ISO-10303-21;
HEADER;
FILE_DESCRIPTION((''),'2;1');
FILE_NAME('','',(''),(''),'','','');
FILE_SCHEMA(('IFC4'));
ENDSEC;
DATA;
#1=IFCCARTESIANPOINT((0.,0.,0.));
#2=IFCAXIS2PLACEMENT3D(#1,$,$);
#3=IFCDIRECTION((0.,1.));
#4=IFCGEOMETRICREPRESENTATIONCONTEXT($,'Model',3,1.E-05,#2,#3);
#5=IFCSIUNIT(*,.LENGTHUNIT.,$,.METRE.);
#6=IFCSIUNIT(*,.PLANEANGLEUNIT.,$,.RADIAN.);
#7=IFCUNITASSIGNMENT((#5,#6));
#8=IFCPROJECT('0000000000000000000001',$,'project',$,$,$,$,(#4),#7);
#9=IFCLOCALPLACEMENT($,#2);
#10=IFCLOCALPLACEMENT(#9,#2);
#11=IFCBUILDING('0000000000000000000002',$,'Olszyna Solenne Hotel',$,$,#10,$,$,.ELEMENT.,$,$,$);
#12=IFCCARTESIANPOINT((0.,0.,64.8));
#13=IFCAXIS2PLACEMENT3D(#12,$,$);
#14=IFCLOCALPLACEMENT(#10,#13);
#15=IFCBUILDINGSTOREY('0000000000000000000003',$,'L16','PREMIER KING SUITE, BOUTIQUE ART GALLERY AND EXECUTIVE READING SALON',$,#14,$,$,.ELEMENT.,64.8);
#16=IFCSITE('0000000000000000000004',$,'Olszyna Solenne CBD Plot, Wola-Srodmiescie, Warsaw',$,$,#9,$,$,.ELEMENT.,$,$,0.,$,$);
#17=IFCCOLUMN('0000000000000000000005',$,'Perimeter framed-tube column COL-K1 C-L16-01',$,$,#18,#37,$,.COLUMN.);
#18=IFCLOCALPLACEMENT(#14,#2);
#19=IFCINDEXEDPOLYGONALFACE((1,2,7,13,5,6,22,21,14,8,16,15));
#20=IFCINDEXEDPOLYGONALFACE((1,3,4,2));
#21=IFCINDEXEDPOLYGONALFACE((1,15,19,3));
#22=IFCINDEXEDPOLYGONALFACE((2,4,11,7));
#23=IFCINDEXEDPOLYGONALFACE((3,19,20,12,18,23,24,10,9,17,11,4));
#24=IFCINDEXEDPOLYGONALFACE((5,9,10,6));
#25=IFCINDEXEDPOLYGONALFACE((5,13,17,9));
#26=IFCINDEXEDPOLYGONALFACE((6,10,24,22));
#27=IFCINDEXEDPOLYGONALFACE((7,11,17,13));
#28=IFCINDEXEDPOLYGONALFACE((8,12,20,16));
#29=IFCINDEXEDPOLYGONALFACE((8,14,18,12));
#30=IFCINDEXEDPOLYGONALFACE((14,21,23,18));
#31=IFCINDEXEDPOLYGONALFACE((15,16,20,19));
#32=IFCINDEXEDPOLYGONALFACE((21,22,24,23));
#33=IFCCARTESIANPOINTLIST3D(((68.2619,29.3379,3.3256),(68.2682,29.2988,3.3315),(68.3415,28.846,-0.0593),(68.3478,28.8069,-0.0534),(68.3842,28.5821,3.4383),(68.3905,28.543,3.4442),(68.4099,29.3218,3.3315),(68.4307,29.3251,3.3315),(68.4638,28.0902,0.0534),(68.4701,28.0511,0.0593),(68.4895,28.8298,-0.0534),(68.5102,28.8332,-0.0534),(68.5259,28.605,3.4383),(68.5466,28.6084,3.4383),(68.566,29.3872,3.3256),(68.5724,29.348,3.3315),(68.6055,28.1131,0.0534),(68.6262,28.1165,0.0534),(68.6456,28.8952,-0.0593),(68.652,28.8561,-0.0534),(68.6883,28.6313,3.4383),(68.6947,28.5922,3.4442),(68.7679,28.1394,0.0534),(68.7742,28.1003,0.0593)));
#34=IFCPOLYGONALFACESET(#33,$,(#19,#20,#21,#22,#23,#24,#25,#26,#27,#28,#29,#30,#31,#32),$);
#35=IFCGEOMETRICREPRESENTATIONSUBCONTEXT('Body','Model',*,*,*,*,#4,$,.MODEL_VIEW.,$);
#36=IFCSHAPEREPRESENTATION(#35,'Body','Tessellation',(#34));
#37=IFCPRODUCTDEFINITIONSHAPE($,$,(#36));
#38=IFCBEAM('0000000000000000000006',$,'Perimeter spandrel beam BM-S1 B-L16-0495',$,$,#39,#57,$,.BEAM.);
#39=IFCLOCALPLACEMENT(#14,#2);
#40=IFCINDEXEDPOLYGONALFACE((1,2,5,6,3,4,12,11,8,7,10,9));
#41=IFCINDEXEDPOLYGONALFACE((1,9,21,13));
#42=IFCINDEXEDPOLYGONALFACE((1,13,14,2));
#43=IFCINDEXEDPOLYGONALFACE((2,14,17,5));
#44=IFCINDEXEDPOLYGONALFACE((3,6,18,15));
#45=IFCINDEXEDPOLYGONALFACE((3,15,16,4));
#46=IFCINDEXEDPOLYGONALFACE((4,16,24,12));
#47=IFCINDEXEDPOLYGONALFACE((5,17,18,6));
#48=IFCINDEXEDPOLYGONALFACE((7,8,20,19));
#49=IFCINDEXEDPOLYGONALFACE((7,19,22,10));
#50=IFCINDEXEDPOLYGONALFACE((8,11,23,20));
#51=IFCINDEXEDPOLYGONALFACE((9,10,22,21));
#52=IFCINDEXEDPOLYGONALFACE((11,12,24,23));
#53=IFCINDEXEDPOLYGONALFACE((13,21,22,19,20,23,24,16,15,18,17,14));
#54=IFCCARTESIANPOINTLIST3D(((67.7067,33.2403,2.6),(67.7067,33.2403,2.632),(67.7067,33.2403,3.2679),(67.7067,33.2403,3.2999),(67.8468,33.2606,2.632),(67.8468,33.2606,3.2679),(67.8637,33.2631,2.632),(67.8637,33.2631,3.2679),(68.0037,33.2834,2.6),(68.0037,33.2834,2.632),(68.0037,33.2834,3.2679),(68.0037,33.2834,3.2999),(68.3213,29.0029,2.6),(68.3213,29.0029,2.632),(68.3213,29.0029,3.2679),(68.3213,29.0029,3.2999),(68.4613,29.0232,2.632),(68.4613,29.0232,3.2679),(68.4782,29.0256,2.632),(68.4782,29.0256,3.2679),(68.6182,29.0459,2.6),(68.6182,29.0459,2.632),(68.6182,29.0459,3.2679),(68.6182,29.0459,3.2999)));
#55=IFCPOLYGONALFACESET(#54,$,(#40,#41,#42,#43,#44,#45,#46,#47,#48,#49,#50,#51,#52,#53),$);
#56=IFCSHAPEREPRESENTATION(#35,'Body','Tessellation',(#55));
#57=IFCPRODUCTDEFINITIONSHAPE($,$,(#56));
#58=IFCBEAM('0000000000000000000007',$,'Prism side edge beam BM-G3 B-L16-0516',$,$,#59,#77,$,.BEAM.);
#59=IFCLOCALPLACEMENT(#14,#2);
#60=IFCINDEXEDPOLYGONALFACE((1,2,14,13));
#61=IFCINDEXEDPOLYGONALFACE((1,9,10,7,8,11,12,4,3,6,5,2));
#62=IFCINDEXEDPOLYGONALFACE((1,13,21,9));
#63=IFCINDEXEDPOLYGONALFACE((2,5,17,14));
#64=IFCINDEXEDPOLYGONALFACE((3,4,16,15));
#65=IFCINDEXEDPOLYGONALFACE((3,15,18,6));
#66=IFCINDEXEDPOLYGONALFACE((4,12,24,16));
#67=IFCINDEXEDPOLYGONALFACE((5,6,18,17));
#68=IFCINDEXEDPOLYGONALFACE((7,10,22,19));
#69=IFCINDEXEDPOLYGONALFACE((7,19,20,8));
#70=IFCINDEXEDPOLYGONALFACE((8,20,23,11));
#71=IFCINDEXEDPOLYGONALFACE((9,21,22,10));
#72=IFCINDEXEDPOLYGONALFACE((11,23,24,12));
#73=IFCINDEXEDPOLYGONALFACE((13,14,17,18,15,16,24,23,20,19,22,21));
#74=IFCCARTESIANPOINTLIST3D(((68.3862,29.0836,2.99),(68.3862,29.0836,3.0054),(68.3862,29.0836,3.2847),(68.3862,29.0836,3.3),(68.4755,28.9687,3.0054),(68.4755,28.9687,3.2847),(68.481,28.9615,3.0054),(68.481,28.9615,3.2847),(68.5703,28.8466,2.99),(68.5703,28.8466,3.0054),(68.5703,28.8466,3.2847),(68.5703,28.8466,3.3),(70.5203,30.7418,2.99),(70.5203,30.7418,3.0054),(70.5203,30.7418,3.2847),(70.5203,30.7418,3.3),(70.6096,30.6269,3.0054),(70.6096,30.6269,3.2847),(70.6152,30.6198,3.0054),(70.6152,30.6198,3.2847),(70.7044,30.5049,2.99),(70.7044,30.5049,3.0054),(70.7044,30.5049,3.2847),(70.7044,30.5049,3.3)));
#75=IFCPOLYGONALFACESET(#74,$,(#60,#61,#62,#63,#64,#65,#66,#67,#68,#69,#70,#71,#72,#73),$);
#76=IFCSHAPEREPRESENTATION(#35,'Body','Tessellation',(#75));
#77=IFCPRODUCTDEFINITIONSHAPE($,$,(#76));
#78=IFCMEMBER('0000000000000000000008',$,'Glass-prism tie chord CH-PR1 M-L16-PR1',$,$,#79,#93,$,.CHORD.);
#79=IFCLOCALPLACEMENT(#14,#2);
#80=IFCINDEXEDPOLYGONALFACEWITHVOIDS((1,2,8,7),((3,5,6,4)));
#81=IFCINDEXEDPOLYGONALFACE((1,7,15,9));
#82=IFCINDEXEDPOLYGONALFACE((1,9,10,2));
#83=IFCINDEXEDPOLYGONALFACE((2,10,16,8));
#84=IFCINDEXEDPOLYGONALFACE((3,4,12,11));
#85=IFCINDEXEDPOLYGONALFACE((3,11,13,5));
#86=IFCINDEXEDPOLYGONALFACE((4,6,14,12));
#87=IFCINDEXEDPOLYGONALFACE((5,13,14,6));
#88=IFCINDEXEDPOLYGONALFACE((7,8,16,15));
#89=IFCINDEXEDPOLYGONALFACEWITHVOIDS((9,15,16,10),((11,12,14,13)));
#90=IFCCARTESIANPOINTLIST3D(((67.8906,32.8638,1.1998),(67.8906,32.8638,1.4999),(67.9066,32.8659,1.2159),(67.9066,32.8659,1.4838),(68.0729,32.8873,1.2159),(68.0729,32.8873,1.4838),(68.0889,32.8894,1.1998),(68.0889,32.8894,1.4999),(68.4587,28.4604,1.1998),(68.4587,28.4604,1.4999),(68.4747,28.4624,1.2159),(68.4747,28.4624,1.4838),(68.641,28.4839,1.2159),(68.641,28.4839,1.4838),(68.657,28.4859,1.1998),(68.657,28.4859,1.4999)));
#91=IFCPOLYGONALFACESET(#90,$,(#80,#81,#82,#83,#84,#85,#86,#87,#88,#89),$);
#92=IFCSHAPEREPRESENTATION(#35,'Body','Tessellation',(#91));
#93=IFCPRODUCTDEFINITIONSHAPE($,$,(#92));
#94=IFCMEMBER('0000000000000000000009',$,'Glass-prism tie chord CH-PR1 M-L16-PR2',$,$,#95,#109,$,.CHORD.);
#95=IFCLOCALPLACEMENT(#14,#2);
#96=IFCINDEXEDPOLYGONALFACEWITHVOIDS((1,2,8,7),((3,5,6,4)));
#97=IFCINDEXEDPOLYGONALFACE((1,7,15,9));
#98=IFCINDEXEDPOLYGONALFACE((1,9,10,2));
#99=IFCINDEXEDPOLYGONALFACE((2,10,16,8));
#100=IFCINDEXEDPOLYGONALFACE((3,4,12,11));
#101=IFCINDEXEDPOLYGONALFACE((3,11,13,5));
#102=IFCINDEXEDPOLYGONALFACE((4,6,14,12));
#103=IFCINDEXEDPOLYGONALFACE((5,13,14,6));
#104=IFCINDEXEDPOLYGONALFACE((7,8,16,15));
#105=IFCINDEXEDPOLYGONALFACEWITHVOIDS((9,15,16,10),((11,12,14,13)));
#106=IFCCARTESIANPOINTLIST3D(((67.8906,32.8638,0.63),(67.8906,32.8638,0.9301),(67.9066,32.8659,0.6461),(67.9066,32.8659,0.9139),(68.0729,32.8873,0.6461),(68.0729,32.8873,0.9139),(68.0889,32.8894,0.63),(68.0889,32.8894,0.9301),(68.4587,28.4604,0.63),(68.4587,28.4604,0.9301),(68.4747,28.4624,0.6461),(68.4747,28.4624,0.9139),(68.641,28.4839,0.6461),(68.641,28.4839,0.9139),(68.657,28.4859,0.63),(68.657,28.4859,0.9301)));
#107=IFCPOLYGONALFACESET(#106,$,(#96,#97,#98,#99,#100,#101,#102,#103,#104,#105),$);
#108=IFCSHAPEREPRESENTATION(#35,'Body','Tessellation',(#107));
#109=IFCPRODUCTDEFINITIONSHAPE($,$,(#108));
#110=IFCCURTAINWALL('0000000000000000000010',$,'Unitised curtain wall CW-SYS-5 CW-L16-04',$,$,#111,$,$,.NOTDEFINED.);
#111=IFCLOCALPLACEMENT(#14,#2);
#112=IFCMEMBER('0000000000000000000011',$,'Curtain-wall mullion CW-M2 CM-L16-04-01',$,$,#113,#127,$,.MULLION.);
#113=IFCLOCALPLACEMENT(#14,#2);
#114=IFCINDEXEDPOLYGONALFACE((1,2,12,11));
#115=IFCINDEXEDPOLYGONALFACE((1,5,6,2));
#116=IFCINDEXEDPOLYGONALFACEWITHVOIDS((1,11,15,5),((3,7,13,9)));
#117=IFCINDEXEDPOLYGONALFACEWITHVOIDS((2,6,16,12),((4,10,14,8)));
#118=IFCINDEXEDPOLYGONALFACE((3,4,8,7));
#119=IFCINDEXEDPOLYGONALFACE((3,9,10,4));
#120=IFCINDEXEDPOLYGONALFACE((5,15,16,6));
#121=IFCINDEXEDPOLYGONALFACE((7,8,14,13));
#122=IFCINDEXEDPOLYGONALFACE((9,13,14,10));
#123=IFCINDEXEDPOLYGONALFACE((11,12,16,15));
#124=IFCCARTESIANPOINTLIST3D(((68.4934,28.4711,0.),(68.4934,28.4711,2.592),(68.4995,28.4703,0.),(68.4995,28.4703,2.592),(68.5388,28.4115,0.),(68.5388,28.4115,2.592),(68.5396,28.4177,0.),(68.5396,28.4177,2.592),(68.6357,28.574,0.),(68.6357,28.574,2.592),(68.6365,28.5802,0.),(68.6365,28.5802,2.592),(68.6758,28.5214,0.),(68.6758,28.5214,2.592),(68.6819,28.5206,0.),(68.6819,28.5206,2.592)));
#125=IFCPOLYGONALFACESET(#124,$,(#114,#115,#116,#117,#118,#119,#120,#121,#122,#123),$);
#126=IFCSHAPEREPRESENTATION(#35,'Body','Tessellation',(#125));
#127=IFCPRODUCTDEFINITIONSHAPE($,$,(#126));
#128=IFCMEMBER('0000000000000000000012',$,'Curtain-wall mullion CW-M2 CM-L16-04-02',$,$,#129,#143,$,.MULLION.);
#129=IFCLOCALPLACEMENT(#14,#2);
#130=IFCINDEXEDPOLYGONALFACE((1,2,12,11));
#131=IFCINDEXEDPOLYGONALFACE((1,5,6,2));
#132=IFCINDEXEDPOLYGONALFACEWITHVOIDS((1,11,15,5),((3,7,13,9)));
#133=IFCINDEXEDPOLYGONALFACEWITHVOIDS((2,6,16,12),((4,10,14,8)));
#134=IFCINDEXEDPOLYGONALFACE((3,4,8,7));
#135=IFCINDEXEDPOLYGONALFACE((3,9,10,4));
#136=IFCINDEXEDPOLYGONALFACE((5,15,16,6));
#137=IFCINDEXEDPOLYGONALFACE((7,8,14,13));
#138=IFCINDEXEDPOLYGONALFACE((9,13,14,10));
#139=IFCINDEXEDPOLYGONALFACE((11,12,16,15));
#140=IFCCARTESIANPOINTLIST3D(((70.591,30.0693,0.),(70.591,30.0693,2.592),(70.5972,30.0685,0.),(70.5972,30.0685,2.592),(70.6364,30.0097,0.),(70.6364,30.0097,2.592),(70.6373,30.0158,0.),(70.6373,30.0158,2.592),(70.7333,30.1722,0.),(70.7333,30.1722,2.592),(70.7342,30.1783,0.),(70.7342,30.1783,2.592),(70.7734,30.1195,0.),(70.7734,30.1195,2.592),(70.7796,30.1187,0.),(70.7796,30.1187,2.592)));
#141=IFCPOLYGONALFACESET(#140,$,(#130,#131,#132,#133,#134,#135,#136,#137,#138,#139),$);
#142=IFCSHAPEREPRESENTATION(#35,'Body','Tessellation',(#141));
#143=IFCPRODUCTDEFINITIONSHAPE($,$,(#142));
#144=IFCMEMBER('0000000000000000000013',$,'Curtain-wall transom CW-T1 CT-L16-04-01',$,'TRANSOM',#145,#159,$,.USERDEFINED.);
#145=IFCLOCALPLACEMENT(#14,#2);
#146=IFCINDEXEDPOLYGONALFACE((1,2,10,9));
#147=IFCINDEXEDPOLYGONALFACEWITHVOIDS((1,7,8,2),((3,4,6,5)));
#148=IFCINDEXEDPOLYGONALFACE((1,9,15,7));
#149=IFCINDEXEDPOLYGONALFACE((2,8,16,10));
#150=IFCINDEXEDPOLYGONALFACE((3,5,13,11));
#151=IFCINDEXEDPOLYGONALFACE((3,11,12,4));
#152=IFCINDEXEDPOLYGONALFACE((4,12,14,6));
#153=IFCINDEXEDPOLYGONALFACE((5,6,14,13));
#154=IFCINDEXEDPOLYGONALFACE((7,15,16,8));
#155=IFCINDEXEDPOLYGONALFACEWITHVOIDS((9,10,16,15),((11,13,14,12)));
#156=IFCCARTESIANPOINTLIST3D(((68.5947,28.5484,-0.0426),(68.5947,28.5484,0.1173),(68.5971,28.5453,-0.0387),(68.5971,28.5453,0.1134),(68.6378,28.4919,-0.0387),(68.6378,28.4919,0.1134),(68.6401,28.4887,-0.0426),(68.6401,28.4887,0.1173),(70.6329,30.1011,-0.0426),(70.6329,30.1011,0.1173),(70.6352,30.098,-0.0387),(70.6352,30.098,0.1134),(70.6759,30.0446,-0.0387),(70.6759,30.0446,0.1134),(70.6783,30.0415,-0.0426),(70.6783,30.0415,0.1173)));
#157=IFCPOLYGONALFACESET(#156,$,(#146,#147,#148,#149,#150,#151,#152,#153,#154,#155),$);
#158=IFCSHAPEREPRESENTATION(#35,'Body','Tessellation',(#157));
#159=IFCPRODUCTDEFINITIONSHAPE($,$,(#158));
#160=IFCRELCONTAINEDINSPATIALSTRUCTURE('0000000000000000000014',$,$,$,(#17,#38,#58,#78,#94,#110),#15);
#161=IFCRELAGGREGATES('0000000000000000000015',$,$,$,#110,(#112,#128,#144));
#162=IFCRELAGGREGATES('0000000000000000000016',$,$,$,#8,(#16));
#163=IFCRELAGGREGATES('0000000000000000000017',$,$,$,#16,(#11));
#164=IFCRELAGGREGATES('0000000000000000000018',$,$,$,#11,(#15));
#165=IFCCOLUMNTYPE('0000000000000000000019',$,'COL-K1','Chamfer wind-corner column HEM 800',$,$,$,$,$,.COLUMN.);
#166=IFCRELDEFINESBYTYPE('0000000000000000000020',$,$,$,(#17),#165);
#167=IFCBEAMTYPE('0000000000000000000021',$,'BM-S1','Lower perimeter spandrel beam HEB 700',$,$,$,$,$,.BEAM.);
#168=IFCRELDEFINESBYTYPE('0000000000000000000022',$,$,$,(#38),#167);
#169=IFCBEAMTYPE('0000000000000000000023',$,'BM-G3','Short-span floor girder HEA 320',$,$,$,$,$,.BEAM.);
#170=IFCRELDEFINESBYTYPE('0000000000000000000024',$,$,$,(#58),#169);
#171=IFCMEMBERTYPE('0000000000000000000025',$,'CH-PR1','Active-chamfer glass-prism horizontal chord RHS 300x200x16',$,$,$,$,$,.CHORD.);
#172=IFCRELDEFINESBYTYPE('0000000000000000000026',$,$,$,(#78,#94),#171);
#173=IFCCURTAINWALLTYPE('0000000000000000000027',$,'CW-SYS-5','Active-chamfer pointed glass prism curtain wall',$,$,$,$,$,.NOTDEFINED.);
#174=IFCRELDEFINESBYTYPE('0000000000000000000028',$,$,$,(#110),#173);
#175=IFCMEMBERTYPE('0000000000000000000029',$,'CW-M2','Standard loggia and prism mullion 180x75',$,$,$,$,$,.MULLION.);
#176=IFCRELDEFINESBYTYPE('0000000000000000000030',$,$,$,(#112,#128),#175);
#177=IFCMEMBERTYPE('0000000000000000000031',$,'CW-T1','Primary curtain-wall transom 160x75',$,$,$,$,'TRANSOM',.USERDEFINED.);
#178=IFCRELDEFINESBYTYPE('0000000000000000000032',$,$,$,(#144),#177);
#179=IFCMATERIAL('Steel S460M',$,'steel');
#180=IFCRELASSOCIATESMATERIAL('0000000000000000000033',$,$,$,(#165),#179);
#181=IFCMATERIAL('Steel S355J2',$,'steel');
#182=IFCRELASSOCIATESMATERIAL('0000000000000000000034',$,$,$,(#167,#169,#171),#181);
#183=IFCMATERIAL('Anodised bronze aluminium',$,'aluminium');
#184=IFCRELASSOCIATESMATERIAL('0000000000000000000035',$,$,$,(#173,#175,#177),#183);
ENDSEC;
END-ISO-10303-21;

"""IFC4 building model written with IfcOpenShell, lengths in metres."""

from ifc_helpers import new_model, si_unit, direction, frame, origin, origin_2d, place, context, subcontext, project, spatial, hollow_rectangle, i_section, extrude, source, transform, mapped, material, material_profile, profile_set, type_object, element, aggregate, save


model = new_model("IFC4")

# Units and contexts
model_context = context("Model", 3, precision=1e-05, world=origin(), true_north=direction((0.0, 1.0)))
body_context = subcontext(model_context, "Body", "Model", "MODEL_VIEW")
ifc_project = project(units=[si_unit("LENGTHUNIT", "METRE"), si_unit("PLANEANGLEUNIT", "RADIAN")], contexts=[model_context])

# Site, building, storey
site_placement = place(None, origin())
site = spatial("IfcSite", under=ifc_project, at=site_placement, Name="Olszyna Solenne CBD Plot, Wola-Srodmiescie, Warsaw", CompositionType="ELEMENT", RefElevation=0.0)
building_placement = place(site_placement, origin())
building = spatial("IfcBuilding", under=site, at=building_placement, Name="Olszyna Solenne Hotel", CompositionType="ELEMENT")
storey_placement = place(building_placement, frame((0.0, 0.0, 64.8)))
storey = spatial("IfcBuildingStorey", under=building, at=storey_placement, Name="L16", Description="PREMIER KING SUITE, BOUTIQUE ART GALLERY AND EXECUTIVE READING SALON", CompositionType="ELEMENT", Elevation=64.8)

# Column
ifc_material_1 = material(Name="Steel S460M", Category="steel")
ifc_material_profile_1 = material_profile(ifc_material_1, i_section(OverallWidth=0.3081, OverallDepth=0.814, WebThickness=0.021, FlangeThickness=0.04, at=origin_2d()), Name="HEM 800", Category="load-bearing")
ifc_profile_set_1 = profile_set([ifc_material_profile_1], Name="Steel S460M")
column_type = type_object("IfcColumnType", Name="COL-K1", Description="Chamfer wind-corner column HEM 800", PredefinedType="COLUMN", material=ifc_profile_set_1)
shared_shape_1 = source(origin(), body_context, "Body", "SweptSolid", [
    extrude(i_section(OverallWidth=0.3081, OverallDepth=0.814, WebThickness=0.021, FlangeThickness=0.04, at=origin_2d()), origin(), (0.0, 0.0, 1.0), 3.4214),
])
column_placement = place(storey_placement, frame((68.5579, 28.4731, 0.0), z_axis=(-0.023262, 0.14378, 0.989336), x_axis=(-0.987164, -0.15971, 0.0)))
element("IfcColumn", 1, at=column_placement, inside=storey, type_object=column_type, Name="Perimeter framed-tube column COL-K1 C-L16-01", PredefinedType="COLUMN", context=body_context, shape_type="MappedRepresentation", body=[
    mapped(shared_shape_1, transform((0.0, 0.0, 0.0), x_axis=(1.0, 0.0, 0.0), y_axis=(0.0, 1.0, 0.0), z_axis=(0.0, 0.0, 1.0), scale=1.0)),
])

# Beams
ifc_material_2 = material(Name="Steel S355J2", Category="steel")
ifc_material_profile_2 = material_profile(ifc_material_2, i_section(OverallWidth=0.3, OverallDepth=0.7, WebThickness=0.0171, FlangeThickness=0.032, at=origin_2d()), Name="HEB 700", Category="load-bearing")
ifc_profile_set_2 = profile_set([ifc_material_profile_2], Name="Steel S355J2")
beam_type_1 = type_object("IfcBeamType", Name="BM-S1", Description="Lower perimeter spandrel beam HEB 700", PredefinedType="BEAM", material=ifc_profile_set_2)
shared_shape_2 = source(origin(), body_context, "Body", "SweptSolid", [
    extrude(i_section(OverallWidth=0.3, OverallDepth=0.7, WebThickness=0.0171, FlangeThickness=0.032, at=origin_2d()), origin(), (0.0, 0.0, 1.0), 4.2817),
])
beam_1_placement = place(storey_placement, frame((68.4697, 29.0244, 2.95), z_axis=(-0.143521, 0.989647, 0.0), x_axis=(-0.989647, -0.143521, 0.0)))
element("IfcBeam", 2, at=beam_1_placement, inside=storey, type_object=beam_type_1, Name="Perimeter spandrel beam BM-S1 B-L16-0495", PredefinedType="BEAM", context=body_context, shape_type="MappedRepresentation", body=[
    mapped(shared_shape_2, transform((0.0, 0.0, 0.0), x_axis=(1.0, 0.0, 0.0), y_axis=(0.0, 1.0, 0.0), z_axis=(0.0, 0.0, 1.0), scale=1.0)),
])
ifc_material_profile_3 = material_profile(ifc_material_2, i_section(OverallWidth=0.3, OverallDepth=0.3101, WebThickness=0.009, FlangeThickness=0.0154, at=origin_2d()), Name="HEA 320", Category="load-bearing")
ifc_profile_set_3 = profile_set([ifc_material_profile_3], Name="Steel S355J2")
beam_type_2 = type_object("IfcBeamType", Name="BM-G3", Description="Short-span floor girder HEA 320", PredefinedType="BEAM", material=ifc_profile_set_3)
shared_shape_3 = source(origin(), body_context, "Body", "SweptSolid", [
    extrude(i_section(OverallWidth=0.3, OverallDepth=0.3101, WebThickness=0.009, FlangeThickness=0.0154, at=origin_2d()), origin(), (0.0, 0.0, 1.0), 2.7026),
])
beam_2_placement = place(storey_placement, frame((68.4783, 28.9651, 3.145), z_axis=(0.789639, 0.613572, 0.0), x_axis=(-0.613572, 0.789639, 0.0)))
element("IfcBeam", 3, at=beam_2_placement, inside=storey, type_object=beam_type_2, Name="Prism side edge beam BM-G3 B-L16-0516", PredefinedType="BEAM", context=body_context, shape_type="MappedRepresentation", body=[
    mapped(shared_shape_3, transform((0.0, 0.0, 0.0), x_axis=(1.0, 0.0, 0.0), y_axis=(0.0, 1.0, 0.0), z_axis=(0.0, 0.0, 1.0), scale=1.0)),
])

# Members
ifc_material_profile_4 = material_profile(ifc_material_2, hollow_rectangle(XDim=0.2, YDim=0.3, WallThickness=0.0161, at=origin_2d()), Name="RHS 300x200x16", Category="load-bearing")
ifc_profile_set_4 = profile_set([ifc_material_profile_4], Name="Steel S355J2")
member_type_1 = type_object("IfcMemberType", Name="CH-PR1", Description="Active-chamfer glass-prism horizontal chord RHS 300x200x16", PredefinedType="CHORD", material=ifc_profile_set_4)
shared_shape_4 = source(origin(), body_context, "Body", "SweptSolid", [
    extrude(hollow_rectangle(XDim=0.2, YDim=0.3, WallThickness=0.0161, at=origin_2d()), origin(), (0.0, 0.0, 1.0), 4.4399),
])
for number, where, z_axis, x_axis, name in (
    (4, (68.5579, 28.4731, 1.3499), (-0.127952, 0.99178, 0.0), (-0.99178, -0.127952, 0.0), "Glass-prism tie chord CH-PR1 M-L16-PR1"),
    (5, (68.5579, 28.4731, 0.78), (-0.127952, 0.99178, 0.0), (-0.99178, -0.127952, 0.0), "Glass-prism tie chord CH-PR1 M-L16-PR2"),
):
    element("IfcMember", number, at=place(storey_placement, frame(where, z_axis=z_axis, x_axis=x_axis)), inside=storey, type_object=member_type_1, Name=name, PredefinedType="CHORD", context=body_context, shape_type="MappedRepresentation", body=[
        mapped(shared_shape_4, transform((0.0, 0.0, 0.0), x_axis=(1.0, 0.0, 0.0), y_axis=(0.0, 1.0, 0.0), z_axis=(0.0, 0.0, 1.0), scale=1.0)),
    ])

# Curtain wall, members
ifc_material_3 = material(Name="Anodised bronze aluminium", Category="aluminium")
curtain_wall_type = type_object("IfcCurtainWallType", Name="CW-SYS-5", Description="Active-chamfer pointed glass prism curtain wall", PredefinedType="NOTDEFINED", material=ifc_material_3)
curtain_wall_placement = place(storey_placement, origin())
curtain_wall = element("IfcCurtainWall", 6, at=curtain_wall_placement, inside=storey, type_object=curtain_wall_type, Name="Unitised curtain wall CW-SYS-5 CW-L16-04", PredefinedType="NOTDEFINED")
ifc_material_profile_5 = material_profile(ifc_material_3, hollow_rectangle(XDim=0.075, YDim=0.1799, WallThickness=0.0044, at=origin_2d()), Name="MULL 180x75x4.5", Category="load-bearing")
ifc_profile_set_5 = profile_set([ifc_material_profile_5], Name="Anodised bronze aluminium")
member_type_2 = type_object("IfcMemberType", Name="CW-M2", Description="Standard loggia and prism mullion 180x75", PredefinedType="MULLION", material=ifc_profile_set_5)
shared_shape_5 = source(origin(), body_context, "Body", "SweptSolid", [
    extrude(hollow_rectangle(XDim=0.075, YDim=0.1799, WallThickness=0.0044, at=origin_2d()), origin(), (0.0, 0.0, 1.0), 2.592),
])
member_1_placement = place(storey_placement, frame((68.5876, 28.4958, 0.0), z_axis=(0.0, 0.0, 1.0), x_axis=(-0.605989, 0.795473, 0.0)))
member_1 = element("IfcMember", 7, at=member_1_placement, type_object=member_type_2, Name="Curtain-wall mullion CW-M2 CM-L16-04-01", PredefinedType="MULLION", context=body_context, shape_type="MappedRepresentation", body=[
    mapped(shared_shape_5, transform((0.0, 0.0, 0.0), x_axis=(1.0, 0.0, 0.0), y_axis=(0.0, 1.0, 0.0), z_axis=(0.0, 0.0, 1.0), scale=1.0)),
])
member_2_placement = place(storey_placement, frame((70.6853, 30.094, 0.0), z_axis=(0.0, 0.0, 1.0), x_axis=(-0.605989, 0.795473, 0.0)))
member_2 = element("IfcMember", 8, at=member_2_placement, type_object=member_type_2, Name="Curtain-wall mullion CW-M2 CM-L16-04-02", PredefinedType="MULLION", context=body_context, shape_type="MappedRepresentation", body=[
    mapped(shared_shape_5, transform((0.0, 0.0, 0.0), x_axis=(1.0, 0.0, 0.0), y_axis=(0.0, 1.0, 0.0), z_axis=(0.0, 0.0, 1.0), scale=1.0)),
])
ifc_material_profile_6 = material_profile(ifc_material_3, hollow_rectangle(XDim=0.075, YDim=0.1599, WallThickness=0.0039, at=origin_2d()), Name="TRAN 160x75x4", Category="load-bearing")
ifc_profile_set_6 = profile_set([ifc_material_profile_6], Name="Anodised bronze aluminium")
member_type_3 = type_object("IfcMemberType", Name="CW-T1", Description="Primary curtain-wall transom 160x75", ElementType="TRANSOM", PredefinedType="USERDEFINED", material=ifc_profile_set_6)
shared_shape_6 = source(origin(), body_context, "Body", "SweptSolid", [
    extrude(hollow_rectangle(XDim=0.075, YDim=0.1599, WallThickness=0.0039, at=origin_2d()), origin(), (0.0, 0.0, 1.0), 2.5623),
])
member_3_placement = place(storey_placement, frame((68.6174, 28.5186, 0.0374), z_axis=(0.795449, 0.60602, 0.0), x_axis=(-0.60602, 0.795449, 0.0)))
member_3 = element("IfcMember", 9, at=member_3_placement, type_object=member_type_3, Name="Curtain-wall transom CW-T1 CT-L16-04-01", ObjectType="TRANSOM", PredefinedType="USERDEFINED", context=body_context, shape_type="MappedRepresentation", body=[
    mapped(shared_shape_6, transform((0.0, 0.0, 0.0), x_axis=(1.0, 0.0, 0.0), y_axis=(0.0, 1.0, 0.0), z_axis=(0.0, 0.0, 1.0), scale=1.0)),
])

aggregate(curtain_wall, [member_1, member_2, member_3])

save(model, "model.ifc")
